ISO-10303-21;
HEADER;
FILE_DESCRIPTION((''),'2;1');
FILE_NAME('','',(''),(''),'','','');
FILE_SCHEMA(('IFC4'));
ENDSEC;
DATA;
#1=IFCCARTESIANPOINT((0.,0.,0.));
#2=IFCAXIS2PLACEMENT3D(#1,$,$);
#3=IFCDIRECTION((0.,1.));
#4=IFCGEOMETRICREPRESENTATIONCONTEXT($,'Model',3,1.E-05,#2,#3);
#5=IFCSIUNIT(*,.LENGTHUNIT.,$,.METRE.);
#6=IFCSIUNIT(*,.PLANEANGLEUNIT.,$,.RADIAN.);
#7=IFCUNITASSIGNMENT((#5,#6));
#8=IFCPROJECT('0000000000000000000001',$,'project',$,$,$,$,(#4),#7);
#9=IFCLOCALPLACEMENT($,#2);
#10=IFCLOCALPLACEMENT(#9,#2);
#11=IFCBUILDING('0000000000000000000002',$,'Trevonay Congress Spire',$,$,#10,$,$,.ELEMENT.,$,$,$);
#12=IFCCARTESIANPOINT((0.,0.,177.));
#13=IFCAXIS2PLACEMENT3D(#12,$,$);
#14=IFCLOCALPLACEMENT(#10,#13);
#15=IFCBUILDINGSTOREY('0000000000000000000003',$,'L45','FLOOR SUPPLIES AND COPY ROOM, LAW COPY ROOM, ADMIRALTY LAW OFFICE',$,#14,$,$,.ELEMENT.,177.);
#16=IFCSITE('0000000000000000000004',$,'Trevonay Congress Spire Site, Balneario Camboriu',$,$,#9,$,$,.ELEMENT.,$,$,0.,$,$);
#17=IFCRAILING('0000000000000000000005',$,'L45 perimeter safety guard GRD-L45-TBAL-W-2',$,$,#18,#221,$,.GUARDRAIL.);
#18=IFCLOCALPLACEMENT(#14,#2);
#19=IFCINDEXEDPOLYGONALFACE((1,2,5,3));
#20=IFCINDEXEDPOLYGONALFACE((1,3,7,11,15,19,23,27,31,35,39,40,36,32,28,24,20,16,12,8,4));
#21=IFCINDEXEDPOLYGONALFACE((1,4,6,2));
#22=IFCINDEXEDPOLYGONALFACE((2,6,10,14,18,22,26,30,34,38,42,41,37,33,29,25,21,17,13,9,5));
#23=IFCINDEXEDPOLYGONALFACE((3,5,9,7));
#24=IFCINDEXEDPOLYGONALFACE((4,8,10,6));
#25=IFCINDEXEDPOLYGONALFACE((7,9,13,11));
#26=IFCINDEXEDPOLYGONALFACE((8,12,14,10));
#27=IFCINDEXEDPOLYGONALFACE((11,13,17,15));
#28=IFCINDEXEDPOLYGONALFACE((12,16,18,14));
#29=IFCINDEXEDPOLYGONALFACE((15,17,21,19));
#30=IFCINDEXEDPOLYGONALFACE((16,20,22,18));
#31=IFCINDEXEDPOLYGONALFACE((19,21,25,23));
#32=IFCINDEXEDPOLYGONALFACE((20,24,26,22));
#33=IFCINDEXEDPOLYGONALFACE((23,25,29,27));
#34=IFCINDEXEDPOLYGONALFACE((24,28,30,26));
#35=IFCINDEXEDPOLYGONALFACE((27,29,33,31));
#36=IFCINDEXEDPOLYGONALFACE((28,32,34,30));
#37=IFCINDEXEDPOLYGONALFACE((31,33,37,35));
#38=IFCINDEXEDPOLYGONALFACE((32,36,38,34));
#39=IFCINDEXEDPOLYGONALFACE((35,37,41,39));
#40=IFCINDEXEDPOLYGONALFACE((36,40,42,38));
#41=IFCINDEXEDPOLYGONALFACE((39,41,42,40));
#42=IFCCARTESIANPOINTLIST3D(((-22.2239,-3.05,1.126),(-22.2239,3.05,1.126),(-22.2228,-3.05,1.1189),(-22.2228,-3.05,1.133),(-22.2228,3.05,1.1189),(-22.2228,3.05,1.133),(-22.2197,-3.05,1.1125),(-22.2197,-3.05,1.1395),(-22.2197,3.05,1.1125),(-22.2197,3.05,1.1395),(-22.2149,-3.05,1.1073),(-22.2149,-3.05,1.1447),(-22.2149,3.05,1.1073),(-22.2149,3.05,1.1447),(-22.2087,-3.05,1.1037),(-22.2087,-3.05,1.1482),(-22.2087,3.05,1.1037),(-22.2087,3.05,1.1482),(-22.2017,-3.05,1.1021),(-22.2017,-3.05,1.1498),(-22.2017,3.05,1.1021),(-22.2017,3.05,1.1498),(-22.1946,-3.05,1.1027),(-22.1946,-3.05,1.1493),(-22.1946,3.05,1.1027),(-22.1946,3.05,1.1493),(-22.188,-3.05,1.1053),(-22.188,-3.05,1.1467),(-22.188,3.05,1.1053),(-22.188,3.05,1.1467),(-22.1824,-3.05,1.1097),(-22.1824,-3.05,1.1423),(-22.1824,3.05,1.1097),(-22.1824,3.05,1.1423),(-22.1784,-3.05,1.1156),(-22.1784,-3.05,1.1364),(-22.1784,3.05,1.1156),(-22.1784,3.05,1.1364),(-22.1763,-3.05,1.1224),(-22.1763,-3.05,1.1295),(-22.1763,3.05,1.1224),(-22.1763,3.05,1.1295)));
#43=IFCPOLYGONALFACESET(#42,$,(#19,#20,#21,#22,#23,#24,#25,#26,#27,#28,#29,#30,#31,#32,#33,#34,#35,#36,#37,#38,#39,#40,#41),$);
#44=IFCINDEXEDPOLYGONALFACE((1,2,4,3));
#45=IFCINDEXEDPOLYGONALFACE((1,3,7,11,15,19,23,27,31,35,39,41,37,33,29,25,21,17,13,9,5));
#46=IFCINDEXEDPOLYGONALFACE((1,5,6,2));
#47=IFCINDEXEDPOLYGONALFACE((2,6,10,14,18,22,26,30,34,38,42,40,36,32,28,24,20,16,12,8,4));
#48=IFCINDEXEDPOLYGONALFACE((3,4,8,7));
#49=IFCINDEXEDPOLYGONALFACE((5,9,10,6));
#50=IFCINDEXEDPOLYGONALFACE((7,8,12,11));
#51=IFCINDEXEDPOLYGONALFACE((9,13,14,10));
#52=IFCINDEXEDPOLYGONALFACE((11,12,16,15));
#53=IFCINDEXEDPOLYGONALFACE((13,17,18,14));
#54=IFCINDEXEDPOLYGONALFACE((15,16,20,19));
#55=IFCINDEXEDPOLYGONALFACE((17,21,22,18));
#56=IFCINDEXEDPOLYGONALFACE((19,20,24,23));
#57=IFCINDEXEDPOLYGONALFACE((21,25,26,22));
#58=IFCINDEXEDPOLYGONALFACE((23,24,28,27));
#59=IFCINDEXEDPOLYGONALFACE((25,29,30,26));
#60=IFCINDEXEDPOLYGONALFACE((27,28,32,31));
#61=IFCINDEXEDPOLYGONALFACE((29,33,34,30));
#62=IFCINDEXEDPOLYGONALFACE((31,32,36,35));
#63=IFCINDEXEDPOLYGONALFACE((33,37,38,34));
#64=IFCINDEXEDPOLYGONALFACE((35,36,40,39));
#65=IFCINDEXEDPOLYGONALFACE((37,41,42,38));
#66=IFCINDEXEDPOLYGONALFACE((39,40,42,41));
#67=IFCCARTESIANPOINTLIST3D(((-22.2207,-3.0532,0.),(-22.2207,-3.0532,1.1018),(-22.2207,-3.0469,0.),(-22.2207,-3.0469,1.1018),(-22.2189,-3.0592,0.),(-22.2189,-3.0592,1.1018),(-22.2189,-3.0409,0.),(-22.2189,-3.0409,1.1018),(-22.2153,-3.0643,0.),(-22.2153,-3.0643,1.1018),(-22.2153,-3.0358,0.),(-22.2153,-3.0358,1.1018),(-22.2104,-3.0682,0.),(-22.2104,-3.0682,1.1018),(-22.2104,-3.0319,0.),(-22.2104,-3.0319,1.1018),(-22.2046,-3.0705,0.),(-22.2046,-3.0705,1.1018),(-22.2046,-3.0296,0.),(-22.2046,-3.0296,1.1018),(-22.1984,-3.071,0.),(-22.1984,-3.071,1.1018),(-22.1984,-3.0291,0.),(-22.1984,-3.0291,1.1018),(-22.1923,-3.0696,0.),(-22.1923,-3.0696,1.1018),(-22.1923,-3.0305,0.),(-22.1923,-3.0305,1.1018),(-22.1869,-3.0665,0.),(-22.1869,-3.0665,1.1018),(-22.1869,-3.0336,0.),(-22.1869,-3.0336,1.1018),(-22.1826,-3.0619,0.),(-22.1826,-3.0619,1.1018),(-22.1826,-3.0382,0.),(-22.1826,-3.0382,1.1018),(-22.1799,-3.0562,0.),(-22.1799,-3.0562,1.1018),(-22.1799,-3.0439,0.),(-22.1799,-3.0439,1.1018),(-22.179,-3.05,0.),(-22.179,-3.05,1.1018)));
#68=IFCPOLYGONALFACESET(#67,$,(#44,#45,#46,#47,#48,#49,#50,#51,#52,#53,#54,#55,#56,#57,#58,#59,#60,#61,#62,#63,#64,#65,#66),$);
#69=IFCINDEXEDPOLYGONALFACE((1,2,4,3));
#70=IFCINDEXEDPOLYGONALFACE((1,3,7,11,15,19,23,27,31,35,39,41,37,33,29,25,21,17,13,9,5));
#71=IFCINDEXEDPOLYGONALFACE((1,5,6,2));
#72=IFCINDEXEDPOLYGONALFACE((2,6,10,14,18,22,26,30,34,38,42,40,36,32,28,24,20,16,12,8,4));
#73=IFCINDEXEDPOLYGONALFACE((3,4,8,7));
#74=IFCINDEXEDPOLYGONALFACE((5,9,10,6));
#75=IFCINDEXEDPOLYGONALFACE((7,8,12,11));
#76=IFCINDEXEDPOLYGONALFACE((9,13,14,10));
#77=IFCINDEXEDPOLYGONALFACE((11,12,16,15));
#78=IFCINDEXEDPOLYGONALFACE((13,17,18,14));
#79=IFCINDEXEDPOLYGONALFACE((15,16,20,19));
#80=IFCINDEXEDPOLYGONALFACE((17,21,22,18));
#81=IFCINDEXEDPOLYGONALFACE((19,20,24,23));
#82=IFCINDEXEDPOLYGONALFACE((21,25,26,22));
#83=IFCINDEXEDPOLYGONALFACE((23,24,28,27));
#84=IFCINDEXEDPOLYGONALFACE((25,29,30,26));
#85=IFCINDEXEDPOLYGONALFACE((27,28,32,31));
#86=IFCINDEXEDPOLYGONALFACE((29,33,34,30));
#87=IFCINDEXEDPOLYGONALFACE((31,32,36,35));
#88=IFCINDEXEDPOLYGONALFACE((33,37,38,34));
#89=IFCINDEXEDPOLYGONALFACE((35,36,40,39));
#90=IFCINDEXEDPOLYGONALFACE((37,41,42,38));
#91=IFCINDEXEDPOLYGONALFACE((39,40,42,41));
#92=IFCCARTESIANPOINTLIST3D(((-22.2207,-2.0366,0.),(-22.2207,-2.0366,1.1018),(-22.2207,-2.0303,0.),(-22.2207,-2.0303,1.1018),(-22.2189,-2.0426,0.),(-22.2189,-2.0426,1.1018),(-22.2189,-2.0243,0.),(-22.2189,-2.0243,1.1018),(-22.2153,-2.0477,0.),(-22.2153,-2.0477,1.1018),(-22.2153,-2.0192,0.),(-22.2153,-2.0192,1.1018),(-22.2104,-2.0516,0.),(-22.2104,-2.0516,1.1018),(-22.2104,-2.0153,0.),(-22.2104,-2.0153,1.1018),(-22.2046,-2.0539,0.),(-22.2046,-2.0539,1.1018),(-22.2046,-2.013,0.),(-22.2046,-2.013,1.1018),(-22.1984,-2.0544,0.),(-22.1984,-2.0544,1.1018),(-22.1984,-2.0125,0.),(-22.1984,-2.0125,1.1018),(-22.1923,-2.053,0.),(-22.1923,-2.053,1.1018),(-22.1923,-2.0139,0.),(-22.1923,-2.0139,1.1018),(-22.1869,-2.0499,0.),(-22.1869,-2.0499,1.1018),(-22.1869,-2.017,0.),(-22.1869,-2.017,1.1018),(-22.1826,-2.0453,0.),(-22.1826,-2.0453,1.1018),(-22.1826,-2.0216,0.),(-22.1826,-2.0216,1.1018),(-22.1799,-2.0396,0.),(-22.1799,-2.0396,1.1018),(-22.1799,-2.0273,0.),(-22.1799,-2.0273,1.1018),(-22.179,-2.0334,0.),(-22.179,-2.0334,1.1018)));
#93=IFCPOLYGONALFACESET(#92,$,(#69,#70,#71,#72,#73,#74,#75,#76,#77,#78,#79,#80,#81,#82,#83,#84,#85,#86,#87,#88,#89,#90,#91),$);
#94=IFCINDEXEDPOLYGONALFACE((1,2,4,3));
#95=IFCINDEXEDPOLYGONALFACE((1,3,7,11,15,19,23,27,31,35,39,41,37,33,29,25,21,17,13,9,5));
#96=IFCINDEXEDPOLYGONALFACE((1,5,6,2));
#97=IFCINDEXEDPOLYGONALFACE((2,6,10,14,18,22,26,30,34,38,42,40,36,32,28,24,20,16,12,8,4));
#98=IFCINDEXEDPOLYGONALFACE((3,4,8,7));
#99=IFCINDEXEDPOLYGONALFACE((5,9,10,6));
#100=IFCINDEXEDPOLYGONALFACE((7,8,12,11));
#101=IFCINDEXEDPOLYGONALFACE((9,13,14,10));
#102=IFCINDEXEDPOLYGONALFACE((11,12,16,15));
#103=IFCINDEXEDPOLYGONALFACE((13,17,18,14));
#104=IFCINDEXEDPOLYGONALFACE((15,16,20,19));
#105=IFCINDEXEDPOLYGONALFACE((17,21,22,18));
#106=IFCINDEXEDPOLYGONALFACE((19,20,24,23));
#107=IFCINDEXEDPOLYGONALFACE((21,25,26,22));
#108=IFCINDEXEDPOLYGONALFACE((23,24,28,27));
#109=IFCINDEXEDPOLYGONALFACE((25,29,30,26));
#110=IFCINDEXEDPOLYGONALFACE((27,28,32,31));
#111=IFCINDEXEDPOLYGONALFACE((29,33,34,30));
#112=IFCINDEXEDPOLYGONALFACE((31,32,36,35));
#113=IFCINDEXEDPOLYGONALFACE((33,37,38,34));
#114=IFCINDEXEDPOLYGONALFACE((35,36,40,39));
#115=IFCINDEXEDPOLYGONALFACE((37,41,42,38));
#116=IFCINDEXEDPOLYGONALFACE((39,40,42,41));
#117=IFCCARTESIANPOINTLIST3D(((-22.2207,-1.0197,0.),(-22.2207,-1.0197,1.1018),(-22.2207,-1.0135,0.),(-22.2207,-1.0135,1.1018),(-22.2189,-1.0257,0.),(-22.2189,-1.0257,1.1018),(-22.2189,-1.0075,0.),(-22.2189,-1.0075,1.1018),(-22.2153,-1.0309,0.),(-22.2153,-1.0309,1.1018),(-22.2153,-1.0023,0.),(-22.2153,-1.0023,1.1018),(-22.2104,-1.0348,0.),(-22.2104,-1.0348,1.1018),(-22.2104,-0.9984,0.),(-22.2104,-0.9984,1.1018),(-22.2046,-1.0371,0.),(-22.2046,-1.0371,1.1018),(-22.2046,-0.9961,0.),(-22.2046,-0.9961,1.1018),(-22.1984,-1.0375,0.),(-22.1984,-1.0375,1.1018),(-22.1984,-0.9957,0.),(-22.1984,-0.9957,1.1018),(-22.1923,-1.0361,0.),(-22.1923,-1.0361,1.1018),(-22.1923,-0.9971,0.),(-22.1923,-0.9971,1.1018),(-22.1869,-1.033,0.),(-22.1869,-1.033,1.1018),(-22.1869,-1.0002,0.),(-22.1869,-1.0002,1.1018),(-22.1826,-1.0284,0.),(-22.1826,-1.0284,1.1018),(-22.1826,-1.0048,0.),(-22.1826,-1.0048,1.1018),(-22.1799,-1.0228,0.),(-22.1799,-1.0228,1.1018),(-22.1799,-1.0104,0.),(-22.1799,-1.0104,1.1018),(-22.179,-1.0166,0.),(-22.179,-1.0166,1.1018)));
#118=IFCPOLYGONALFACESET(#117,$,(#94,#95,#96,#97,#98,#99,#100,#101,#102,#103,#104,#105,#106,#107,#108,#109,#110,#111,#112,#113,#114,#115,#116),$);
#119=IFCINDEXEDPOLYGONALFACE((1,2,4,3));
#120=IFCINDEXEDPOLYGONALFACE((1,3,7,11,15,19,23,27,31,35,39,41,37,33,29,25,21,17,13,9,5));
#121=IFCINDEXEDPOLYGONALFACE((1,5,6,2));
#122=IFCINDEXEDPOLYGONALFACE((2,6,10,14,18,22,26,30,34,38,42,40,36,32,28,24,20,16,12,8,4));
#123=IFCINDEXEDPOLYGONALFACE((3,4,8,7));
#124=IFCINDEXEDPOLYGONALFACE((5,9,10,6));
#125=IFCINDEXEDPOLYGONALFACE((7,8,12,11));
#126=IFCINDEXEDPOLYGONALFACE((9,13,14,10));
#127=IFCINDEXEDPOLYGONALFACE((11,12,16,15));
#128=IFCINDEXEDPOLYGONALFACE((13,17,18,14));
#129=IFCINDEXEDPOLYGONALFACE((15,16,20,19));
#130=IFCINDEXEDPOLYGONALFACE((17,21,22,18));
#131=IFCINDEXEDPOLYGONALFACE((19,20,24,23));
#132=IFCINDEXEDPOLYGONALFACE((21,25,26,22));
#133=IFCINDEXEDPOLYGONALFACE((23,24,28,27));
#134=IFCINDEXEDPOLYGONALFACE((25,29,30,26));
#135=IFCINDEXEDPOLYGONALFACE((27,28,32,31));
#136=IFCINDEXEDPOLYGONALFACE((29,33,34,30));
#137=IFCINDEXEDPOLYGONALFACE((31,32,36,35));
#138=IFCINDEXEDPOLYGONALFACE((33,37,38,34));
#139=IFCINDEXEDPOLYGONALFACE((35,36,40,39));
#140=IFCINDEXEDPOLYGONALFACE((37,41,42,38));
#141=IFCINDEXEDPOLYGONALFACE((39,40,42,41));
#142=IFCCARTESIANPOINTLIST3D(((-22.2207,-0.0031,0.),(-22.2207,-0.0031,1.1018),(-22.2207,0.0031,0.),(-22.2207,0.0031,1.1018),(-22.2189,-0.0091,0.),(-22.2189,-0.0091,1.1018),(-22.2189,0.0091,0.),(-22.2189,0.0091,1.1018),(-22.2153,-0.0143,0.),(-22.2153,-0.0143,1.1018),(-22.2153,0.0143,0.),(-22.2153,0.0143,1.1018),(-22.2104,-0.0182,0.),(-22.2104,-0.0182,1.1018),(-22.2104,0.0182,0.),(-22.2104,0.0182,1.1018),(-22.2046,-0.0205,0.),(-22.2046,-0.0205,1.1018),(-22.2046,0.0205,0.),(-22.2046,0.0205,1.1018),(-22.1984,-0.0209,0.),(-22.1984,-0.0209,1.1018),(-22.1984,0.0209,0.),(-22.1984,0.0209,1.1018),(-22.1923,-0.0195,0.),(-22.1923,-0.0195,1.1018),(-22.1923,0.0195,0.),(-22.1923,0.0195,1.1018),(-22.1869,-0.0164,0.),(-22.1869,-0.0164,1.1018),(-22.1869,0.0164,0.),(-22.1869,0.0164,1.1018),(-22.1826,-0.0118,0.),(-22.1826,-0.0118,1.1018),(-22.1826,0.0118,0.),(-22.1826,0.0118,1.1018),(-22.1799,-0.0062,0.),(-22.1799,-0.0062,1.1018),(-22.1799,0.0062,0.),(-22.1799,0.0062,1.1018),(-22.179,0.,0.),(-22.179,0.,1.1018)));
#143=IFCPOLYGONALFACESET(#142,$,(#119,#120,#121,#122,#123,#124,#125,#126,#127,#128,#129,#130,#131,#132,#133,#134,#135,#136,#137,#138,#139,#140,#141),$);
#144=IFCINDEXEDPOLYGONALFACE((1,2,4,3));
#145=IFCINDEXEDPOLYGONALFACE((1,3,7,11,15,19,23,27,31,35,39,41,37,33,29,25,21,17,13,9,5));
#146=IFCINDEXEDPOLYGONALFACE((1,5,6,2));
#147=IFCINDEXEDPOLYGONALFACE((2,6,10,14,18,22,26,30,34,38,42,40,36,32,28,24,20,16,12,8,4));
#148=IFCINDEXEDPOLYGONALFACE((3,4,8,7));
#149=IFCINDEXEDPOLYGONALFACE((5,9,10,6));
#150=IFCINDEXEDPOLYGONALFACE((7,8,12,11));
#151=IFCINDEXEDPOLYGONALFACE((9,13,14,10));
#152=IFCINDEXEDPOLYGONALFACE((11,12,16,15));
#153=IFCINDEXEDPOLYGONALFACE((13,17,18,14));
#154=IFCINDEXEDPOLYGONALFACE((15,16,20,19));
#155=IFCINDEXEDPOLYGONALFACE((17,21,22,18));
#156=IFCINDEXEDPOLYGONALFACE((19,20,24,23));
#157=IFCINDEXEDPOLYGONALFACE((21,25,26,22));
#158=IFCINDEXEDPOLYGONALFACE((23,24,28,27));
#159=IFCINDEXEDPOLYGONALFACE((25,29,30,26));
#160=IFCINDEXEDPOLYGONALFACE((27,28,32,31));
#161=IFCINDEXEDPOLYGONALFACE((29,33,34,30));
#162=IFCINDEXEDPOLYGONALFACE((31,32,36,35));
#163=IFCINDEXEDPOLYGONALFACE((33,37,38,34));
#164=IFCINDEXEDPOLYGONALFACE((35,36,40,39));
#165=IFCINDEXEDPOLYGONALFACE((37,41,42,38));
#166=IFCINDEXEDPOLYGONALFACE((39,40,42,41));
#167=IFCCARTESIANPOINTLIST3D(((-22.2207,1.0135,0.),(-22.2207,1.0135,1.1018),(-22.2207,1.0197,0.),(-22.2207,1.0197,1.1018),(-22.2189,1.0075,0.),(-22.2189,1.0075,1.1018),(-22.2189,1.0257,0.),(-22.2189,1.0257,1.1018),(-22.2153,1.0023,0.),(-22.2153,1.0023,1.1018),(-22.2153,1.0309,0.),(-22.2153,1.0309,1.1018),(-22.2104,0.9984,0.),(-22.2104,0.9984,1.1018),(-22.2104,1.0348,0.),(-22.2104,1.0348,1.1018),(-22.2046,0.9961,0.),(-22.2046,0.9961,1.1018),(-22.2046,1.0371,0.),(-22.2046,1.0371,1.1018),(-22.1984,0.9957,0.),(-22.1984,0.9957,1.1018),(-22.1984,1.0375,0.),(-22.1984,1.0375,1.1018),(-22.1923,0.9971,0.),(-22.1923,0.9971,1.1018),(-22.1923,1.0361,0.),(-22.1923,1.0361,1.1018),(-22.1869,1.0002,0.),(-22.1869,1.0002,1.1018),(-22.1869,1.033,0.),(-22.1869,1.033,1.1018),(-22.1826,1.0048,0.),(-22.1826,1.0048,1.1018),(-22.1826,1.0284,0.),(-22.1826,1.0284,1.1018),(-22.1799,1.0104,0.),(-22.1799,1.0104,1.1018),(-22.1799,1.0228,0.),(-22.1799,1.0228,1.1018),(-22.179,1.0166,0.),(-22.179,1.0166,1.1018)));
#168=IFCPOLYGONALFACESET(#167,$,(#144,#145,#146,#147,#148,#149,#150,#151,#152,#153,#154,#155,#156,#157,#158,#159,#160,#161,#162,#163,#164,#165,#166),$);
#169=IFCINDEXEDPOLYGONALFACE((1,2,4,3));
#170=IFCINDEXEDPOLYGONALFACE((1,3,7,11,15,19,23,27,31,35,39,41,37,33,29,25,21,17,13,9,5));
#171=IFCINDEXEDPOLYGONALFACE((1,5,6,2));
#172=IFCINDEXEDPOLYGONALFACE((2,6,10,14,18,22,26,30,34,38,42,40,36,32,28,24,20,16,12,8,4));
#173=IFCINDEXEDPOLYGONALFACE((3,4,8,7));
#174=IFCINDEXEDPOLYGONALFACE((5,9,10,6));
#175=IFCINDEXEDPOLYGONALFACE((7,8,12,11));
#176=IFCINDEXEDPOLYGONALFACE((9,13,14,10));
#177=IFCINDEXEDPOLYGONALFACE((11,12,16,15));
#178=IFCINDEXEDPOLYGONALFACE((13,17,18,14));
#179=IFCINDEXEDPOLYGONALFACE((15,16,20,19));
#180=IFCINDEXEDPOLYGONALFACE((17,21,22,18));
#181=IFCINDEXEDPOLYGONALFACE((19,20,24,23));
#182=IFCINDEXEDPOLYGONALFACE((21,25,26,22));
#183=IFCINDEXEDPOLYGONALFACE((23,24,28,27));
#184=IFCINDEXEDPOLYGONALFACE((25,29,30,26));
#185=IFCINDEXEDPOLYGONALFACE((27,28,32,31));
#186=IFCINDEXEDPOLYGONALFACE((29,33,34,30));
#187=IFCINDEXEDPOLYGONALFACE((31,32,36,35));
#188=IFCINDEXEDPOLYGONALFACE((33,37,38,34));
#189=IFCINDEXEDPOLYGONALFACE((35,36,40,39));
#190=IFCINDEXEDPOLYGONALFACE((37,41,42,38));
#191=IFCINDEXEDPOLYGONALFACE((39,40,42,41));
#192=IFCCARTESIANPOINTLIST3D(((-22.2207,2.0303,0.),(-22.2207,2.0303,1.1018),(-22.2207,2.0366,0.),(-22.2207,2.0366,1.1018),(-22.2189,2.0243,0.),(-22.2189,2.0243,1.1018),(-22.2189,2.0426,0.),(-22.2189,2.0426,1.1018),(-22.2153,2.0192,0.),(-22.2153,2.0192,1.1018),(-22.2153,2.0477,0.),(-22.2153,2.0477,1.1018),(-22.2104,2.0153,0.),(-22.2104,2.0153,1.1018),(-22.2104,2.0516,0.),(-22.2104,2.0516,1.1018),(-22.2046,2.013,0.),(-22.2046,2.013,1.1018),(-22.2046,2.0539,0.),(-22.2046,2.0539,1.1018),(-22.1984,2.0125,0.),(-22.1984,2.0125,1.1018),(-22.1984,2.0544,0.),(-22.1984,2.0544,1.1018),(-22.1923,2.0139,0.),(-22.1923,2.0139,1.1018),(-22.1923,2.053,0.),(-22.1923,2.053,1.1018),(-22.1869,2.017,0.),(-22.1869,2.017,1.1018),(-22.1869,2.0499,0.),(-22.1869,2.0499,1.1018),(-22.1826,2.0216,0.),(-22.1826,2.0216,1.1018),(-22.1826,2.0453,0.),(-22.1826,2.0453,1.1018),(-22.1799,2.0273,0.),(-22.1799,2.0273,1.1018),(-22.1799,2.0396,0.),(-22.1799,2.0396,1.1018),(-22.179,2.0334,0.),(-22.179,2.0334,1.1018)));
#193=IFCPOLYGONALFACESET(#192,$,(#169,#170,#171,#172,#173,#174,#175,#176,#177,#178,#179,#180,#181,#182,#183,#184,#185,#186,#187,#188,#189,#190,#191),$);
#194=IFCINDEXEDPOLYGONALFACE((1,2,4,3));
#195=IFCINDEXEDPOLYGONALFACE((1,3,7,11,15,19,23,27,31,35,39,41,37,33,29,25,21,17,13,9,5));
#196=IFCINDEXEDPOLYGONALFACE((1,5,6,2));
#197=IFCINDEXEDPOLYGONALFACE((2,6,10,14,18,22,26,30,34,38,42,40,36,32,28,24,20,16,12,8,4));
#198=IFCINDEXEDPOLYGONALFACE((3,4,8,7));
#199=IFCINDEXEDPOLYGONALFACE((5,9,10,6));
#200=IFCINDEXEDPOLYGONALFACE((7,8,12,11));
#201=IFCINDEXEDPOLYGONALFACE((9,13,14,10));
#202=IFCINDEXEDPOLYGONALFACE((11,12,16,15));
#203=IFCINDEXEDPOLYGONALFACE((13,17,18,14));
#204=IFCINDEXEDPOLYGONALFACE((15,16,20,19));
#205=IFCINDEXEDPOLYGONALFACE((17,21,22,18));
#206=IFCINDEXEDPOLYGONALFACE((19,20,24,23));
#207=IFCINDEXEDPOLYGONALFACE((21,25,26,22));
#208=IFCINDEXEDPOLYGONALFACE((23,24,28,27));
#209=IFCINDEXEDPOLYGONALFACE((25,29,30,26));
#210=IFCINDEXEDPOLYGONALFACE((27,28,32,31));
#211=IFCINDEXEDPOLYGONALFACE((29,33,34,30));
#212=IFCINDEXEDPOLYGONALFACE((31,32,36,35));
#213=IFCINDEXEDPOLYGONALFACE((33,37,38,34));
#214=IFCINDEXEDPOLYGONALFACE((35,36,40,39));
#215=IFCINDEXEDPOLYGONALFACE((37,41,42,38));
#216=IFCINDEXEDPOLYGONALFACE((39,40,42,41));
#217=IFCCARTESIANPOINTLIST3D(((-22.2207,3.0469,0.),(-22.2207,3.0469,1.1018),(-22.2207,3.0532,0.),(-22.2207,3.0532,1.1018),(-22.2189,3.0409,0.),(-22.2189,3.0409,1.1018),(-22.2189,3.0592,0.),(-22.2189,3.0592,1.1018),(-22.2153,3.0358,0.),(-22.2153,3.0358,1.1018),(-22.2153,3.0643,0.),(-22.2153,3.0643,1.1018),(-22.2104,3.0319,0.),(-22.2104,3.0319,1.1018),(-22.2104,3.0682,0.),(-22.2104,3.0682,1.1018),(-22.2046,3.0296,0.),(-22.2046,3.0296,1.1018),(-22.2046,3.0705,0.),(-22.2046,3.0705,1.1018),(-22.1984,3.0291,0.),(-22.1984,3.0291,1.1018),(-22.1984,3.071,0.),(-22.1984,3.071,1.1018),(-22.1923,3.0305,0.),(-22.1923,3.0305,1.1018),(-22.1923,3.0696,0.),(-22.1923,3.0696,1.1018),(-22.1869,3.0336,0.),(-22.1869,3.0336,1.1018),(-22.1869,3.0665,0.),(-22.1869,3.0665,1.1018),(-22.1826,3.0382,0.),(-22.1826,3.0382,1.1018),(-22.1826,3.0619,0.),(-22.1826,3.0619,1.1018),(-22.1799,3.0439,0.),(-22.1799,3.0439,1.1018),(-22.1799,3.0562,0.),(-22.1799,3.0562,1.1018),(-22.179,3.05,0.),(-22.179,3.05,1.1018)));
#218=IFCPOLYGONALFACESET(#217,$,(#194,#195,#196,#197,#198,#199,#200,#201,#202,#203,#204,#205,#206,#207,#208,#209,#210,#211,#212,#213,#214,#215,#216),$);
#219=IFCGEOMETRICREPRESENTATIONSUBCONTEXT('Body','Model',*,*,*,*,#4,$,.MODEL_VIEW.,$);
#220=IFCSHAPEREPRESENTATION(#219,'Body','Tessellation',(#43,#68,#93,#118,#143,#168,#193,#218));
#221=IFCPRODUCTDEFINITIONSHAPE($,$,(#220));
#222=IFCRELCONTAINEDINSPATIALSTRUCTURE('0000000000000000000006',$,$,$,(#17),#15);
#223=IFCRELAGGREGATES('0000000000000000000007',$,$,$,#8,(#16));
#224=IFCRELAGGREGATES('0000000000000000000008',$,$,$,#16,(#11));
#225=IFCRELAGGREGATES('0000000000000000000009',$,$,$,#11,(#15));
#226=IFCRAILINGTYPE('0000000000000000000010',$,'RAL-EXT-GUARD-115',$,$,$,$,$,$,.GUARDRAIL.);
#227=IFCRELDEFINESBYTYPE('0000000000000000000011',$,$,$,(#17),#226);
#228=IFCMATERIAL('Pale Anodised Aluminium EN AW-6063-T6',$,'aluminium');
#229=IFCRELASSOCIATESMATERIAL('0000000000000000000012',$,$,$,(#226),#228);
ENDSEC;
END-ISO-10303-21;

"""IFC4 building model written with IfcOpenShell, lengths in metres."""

from ifc_helpers import new_model, si_unit, direction, frame, origin, origin_2d, place, context, subcontext, project, spatial, circle, extrude, material, type_object, element, save


model = new_model("IFC4")

# Units and contexts
model_context = context("Model", 3, precision=1e-05, world=origin(), true_north=direction((0.0, 1.0)))
body_context = subcontext(model_context, "Body", "Model", "MODEL_VIEW")
ifc_project = project(units=[si_unit("LENGTHUNIT", "METRE"), si_unit("PLANEANGLEUNIT", "RADIAN")], contexts=[model_context])

# Site, building, storey
site_placement = place(None, origin())
site = spatial("IfcSite", under=ifc_project, at=site_placement, Name="Trevonay Congress Spire Site, Balneario Camboriu", CompositionType="ELEMENT", RefElevation=0.0)
building_placement = place(site_placement, origin())
building = spatial("IfcBuilding", under=site, at=building_placement, Name="Trevonay Congress Spire", CompositionType="ELEMENT")
storey_placement = place(building_placement, frame((0.0, 0.0, 177.0)))
storey = spatial("IfcBuildingStorey", under=building, at=storey_placement, Name="L45", Description="FLOOR SUPPLIES AND COPY ROOM, LAW COPY ROOM, ADMIRALTY LAW OFFICE", CompositionType="ELEMENT", Elevation=177.0)

# Shared definitions
ifc_material_1 = material(Name="Pale Anodised Aluminium EN AW-6063-T6", Category="aluminium")

# Railing
railing_type = type_object("IfcRailingType", Name="RAL-EXT-GUARD-115", PredefinedType="GUARDRAIL", material=ifc_material_1)
railing_1_placement = place(storey_placement, frame((-22.2, -3.05, 0.0)))
element("IfcRailing", 1, at=railing_1_placement, inside=storey, type_object=railing_type, Name="L45 perimeter safety guard GRD-L45-TBAL-W-2", PredefinedType="GUARDRAIL", context=body_context, shape_type="SweptSolid", body=[
    extrude(circle(Radius=0.0239, at=origin_2d()), frame((0.0, 0.0, 1.126), z_axis=(0.0, 1.0, 0.0), x_axis=(-1.0, 0.0, 0.0)), (0.0, 0.0, 1.0), 6.1001),
    extrude(circle(Radius=0.021, at=origin_2d()), origin(), (0.0, 0.0, 1.0), 1.1018),
    extrude(circle(Radius=0.021, at=origin_2d()), frame((0.0, 1.0166, 0.0)), (0.0, 0.0, 1.0), 1.1018),
    extrude(circle(Radius=0.021, at=origin_2d()), frame((0.0, 2.0334, 0.0)), (0.0, 0.0, 1.0), 1.1018),
    extrude(circle(Radius=0.021, at=origin_2d()), frame((0.0, 3.05, 0.0)), (0.0, 0.0, 1.0), 1.1018),
    extrude(circle(Radius=0.021, at=origin_2d()), frame((0.0, 4.0667, 0.0)), (0.0, 0.0, 1.0), 1.1018),
    extrude(circle(Radius=0.021, at=origin_2d()), frame((0.0, 5.0835, 0.0)), (0.0, 0.0, 1.0), 1.1018),
    extrude(circle(Radius=0.021, at=origin_2d()), frame((0.0, 6.1001, 0.0)), (0.0, 0.0, 1.0), 1.1018),
])

save(model, "model.ifc")
